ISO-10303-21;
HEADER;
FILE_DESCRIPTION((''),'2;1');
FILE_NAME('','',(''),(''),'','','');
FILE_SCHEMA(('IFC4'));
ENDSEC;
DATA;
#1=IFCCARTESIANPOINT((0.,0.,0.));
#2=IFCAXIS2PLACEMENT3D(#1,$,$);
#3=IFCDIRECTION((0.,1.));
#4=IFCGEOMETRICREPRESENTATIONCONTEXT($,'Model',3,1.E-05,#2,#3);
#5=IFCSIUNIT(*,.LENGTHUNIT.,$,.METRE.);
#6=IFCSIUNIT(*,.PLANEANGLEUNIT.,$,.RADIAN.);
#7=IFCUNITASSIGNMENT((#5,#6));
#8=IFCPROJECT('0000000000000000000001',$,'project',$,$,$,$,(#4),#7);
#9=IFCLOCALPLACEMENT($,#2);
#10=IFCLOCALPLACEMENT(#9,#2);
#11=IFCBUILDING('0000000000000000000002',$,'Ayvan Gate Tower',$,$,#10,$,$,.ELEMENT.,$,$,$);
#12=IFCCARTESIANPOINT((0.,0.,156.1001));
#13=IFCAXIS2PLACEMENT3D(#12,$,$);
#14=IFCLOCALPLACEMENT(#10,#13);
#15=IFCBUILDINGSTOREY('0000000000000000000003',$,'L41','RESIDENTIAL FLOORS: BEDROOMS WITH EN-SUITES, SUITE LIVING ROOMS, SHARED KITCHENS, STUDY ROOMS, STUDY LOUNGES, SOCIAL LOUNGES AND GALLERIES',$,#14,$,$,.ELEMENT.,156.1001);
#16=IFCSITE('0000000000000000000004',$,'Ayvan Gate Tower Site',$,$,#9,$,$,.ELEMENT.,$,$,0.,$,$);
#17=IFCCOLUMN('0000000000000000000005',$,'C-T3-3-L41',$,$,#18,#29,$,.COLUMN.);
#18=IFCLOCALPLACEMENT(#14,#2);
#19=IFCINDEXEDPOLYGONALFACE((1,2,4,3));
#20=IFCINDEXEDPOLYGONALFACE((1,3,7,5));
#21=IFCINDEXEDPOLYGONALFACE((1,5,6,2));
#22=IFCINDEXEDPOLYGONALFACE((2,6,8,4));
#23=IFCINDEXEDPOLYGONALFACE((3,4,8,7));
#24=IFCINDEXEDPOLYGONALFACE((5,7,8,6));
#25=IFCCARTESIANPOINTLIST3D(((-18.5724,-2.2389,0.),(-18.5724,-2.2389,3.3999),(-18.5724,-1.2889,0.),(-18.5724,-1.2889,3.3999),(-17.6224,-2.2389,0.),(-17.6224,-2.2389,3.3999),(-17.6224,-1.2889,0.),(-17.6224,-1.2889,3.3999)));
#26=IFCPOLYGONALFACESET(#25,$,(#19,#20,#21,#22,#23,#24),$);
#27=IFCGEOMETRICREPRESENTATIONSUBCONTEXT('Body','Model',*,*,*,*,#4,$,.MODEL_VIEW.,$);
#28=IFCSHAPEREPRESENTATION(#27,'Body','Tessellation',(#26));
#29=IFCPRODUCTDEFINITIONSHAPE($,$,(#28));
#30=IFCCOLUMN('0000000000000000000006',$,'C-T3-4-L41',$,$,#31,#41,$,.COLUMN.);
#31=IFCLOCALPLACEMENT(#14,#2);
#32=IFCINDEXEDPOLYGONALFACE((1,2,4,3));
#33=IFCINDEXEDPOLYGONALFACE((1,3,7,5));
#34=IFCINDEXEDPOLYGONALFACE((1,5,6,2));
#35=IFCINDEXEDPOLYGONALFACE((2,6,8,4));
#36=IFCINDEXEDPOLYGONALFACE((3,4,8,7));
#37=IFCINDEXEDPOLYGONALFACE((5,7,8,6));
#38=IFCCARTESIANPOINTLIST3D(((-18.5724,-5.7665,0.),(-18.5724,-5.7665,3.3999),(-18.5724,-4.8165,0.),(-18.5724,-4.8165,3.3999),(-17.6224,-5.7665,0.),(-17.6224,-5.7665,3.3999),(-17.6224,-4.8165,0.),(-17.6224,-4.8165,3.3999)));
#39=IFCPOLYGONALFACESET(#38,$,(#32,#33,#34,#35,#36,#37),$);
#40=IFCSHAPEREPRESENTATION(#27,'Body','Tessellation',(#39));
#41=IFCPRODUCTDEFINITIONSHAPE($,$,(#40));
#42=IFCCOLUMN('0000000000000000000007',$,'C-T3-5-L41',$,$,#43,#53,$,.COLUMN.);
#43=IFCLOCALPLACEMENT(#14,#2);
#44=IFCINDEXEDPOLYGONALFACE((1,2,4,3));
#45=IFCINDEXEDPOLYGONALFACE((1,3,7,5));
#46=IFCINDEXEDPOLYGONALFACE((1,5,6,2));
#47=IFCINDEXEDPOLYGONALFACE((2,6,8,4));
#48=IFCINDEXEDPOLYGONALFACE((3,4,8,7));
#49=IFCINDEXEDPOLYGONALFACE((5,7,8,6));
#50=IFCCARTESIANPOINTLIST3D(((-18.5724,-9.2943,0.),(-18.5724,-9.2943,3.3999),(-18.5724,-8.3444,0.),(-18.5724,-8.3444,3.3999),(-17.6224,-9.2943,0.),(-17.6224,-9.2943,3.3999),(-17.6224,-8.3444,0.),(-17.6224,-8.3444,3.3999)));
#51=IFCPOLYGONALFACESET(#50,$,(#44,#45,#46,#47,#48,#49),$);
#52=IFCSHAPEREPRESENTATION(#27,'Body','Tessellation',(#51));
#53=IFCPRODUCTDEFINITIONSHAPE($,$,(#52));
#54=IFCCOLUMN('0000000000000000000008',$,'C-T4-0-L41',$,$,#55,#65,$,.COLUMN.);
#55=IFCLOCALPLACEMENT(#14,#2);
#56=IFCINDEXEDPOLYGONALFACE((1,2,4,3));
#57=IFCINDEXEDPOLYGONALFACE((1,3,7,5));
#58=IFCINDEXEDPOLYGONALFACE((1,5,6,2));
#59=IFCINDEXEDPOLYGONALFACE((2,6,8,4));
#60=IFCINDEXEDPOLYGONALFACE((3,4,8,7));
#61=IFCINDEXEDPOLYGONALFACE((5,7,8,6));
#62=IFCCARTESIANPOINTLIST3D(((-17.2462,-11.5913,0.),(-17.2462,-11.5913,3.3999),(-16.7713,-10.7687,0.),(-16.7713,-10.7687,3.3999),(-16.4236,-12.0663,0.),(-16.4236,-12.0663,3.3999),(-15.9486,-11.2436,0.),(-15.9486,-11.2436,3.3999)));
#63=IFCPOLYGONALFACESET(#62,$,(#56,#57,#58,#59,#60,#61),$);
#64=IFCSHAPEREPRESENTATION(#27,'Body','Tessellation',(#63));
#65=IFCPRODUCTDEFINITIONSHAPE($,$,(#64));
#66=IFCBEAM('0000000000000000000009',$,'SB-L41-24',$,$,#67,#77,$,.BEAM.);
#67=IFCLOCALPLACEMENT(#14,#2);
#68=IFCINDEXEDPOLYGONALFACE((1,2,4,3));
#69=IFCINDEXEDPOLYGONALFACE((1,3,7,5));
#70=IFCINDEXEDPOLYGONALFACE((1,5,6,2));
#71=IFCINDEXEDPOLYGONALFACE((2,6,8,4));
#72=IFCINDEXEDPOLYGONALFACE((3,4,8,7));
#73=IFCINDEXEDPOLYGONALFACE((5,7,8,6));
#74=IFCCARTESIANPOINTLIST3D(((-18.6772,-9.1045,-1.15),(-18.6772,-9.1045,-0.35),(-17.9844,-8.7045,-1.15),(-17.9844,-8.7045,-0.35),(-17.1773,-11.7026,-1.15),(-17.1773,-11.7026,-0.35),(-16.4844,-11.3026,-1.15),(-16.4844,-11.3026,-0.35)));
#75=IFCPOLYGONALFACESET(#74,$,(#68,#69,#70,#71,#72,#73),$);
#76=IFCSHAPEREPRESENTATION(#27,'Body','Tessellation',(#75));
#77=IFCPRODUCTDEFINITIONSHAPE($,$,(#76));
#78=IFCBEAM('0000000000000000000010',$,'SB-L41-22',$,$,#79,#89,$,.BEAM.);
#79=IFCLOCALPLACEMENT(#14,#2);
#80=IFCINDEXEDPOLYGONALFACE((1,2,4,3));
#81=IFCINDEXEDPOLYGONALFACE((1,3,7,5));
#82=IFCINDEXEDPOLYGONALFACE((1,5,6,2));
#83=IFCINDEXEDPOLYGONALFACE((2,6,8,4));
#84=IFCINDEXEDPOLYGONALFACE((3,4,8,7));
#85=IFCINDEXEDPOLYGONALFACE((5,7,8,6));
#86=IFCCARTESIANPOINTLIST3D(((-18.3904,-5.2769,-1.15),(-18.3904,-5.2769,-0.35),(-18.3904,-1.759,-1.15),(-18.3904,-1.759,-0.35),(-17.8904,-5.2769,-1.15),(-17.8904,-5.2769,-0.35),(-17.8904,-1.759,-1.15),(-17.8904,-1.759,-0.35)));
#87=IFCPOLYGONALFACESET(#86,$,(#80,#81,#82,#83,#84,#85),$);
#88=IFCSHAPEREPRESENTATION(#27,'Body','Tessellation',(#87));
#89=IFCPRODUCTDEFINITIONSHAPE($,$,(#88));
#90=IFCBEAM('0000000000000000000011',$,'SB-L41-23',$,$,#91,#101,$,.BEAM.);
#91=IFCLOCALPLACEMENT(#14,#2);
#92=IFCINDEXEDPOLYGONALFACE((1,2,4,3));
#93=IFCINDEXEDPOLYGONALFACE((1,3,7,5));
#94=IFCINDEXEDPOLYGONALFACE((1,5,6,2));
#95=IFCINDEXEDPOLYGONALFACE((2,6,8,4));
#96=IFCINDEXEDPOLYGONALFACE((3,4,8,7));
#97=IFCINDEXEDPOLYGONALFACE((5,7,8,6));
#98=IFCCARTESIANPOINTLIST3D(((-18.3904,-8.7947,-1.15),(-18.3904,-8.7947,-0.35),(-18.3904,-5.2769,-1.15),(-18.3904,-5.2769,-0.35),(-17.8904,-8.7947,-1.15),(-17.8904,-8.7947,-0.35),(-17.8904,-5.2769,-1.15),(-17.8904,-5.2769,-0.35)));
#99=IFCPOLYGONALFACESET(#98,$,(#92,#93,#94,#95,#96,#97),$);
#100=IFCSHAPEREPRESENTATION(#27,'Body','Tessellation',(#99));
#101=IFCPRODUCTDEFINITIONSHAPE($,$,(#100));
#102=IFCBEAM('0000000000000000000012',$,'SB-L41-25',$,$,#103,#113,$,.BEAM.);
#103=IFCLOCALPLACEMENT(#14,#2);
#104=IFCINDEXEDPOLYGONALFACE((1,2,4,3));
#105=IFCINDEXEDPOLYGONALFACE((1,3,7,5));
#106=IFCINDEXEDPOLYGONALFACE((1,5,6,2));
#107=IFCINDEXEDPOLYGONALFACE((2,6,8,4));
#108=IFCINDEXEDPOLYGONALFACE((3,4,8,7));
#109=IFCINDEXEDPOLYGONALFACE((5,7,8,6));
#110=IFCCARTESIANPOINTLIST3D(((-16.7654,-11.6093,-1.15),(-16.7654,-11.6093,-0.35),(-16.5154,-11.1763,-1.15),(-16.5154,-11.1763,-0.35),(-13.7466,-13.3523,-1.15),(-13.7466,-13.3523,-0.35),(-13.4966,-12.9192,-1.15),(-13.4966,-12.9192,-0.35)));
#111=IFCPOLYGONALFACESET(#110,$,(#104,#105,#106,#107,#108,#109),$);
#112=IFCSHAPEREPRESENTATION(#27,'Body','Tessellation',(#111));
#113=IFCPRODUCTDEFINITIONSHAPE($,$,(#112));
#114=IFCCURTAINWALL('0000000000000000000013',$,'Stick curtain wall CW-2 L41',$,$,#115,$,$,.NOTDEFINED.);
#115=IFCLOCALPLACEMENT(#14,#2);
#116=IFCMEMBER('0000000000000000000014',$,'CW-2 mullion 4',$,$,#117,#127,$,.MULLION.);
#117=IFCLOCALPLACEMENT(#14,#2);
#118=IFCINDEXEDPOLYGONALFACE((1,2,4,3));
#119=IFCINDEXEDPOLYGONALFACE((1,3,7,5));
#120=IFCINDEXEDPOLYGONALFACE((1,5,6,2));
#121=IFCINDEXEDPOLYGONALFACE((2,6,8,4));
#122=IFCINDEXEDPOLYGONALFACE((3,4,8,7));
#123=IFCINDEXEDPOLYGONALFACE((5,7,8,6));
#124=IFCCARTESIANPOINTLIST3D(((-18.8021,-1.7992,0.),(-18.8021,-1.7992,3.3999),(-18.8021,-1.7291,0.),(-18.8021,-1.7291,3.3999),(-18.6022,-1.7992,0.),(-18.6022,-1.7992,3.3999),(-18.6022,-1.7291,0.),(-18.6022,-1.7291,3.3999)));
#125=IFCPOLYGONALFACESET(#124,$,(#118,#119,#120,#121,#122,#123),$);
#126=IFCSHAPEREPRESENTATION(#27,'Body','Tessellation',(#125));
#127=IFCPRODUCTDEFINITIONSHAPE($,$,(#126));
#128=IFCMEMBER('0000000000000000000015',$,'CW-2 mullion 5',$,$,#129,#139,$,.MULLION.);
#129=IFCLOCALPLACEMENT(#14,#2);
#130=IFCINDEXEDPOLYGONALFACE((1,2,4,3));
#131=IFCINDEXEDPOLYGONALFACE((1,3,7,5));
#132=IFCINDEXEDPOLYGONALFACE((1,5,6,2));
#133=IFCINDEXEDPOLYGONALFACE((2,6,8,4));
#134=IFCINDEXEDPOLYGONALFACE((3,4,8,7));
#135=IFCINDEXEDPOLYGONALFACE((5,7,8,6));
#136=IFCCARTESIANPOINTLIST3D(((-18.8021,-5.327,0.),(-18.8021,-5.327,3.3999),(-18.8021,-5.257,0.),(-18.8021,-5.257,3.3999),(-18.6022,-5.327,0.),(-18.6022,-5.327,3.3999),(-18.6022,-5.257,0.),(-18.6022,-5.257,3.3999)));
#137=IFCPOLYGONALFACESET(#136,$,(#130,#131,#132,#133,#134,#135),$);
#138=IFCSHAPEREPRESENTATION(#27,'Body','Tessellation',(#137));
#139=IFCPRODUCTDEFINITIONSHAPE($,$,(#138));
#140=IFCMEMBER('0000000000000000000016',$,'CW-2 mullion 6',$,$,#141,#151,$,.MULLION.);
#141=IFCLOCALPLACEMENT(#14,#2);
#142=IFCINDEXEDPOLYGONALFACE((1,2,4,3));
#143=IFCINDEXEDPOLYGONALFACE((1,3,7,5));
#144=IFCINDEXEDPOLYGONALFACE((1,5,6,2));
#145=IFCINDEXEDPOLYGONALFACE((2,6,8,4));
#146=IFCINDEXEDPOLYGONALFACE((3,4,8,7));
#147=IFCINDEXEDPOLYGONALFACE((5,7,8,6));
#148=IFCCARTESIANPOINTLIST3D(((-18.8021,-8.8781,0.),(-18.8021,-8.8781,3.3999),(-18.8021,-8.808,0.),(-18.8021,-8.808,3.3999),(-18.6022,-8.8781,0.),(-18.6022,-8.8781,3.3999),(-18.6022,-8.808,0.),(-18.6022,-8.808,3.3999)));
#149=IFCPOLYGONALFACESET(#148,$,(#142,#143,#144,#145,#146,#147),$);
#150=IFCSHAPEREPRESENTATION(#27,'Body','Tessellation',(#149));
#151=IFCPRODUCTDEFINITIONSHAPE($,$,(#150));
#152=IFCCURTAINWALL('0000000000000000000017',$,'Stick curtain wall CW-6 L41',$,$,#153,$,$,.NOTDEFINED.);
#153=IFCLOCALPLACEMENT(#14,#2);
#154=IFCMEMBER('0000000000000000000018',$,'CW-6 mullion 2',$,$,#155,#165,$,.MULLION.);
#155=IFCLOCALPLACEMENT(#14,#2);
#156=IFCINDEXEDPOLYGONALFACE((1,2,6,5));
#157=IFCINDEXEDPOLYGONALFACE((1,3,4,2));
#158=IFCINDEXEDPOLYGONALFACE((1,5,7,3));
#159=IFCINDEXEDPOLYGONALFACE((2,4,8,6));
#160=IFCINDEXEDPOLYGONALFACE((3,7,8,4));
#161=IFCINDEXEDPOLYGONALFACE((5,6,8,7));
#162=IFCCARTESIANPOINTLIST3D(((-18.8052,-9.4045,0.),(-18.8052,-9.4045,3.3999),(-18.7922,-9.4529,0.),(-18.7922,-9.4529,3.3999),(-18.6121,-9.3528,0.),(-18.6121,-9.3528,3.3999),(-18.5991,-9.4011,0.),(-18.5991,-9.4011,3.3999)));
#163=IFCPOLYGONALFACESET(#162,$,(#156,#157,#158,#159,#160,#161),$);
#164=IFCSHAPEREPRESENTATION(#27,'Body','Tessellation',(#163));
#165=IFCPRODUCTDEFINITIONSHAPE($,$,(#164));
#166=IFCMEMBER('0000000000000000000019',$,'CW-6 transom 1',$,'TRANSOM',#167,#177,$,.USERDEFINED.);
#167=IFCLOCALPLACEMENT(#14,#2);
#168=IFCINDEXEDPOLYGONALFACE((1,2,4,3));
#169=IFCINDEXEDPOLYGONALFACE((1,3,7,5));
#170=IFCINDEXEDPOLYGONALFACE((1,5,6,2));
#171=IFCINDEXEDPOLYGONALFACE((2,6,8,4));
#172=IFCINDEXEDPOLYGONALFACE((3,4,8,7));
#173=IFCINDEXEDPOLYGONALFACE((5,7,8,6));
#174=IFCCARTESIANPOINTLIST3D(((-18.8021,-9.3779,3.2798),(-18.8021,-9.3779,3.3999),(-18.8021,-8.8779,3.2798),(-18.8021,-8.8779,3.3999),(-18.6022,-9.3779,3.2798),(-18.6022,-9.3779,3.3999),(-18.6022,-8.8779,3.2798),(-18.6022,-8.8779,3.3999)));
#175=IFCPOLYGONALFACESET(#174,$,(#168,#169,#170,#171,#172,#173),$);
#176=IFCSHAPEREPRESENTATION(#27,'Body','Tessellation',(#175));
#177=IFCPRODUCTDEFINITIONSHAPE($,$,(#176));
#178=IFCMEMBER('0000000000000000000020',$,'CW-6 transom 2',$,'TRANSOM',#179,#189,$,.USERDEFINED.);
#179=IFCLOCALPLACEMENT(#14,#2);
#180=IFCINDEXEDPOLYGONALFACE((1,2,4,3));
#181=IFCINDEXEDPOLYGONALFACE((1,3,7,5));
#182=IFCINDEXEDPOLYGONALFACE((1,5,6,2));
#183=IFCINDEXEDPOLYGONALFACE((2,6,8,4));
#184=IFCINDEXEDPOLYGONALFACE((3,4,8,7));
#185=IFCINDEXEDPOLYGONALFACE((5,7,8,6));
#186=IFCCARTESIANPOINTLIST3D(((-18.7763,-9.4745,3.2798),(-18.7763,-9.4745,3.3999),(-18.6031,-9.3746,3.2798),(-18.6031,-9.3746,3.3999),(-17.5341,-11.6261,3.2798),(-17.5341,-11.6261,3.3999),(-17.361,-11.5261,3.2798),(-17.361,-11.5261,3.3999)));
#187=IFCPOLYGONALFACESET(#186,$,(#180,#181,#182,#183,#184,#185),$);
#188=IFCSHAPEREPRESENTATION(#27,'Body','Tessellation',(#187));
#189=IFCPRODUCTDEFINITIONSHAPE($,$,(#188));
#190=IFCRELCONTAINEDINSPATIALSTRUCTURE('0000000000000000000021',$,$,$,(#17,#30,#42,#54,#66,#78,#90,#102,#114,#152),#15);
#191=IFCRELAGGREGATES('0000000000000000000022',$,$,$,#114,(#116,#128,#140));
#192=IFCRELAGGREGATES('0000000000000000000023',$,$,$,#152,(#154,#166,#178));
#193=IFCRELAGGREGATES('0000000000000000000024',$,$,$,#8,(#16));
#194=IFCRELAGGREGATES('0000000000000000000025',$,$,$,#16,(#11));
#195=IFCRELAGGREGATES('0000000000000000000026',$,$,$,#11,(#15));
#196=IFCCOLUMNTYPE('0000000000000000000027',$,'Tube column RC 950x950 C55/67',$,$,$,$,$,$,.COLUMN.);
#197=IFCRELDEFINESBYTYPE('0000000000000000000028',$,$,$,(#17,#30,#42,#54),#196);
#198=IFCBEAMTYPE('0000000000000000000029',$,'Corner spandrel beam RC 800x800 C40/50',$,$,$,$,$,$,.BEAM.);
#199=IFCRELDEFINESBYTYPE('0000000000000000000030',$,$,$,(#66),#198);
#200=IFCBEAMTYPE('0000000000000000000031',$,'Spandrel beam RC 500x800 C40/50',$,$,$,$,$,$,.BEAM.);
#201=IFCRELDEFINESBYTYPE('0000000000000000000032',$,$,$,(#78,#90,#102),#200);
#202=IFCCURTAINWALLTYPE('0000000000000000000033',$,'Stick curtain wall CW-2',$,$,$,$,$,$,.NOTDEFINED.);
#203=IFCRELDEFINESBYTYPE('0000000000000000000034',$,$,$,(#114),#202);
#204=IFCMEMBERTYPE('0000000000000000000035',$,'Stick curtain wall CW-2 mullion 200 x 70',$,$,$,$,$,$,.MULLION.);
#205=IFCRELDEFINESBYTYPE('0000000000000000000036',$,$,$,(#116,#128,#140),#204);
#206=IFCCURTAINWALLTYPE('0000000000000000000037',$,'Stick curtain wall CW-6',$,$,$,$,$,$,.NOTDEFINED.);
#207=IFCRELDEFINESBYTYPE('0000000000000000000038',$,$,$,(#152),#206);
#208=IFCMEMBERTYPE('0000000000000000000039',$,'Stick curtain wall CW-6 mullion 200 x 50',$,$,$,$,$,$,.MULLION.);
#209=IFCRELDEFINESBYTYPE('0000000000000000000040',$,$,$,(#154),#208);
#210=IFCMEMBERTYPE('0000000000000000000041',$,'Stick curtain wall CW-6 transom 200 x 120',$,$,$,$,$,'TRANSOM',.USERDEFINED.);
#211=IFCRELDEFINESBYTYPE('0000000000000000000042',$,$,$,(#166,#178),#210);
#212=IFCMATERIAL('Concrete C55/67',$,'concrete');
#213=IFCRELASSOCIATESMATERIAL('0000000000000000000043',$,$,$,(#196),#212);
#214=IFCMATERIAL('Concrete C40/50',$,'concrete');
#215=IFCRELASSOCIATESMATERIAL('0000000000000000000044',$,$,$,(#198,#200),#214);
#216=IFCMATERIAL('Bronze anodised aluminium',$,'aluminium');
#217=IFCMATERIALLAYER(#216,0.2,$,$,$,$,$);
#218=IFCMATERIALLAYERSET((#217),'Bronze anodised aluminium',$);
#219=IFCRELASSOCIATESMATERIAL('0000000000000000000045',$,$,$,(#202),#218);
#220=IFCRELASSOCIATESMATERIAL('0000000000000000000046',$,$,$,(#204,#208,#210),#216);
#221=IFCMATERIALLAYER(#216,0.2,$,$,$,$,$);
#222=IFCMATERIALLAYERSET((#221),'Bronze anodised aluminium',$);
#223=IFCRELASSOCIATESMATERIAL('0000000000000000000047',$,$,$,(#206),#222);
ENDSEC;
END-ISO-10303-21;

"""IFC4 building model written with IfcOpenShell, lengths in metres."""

from ifc_helpers import new_model, si_unit, direction, frame, origin, origin_2d, place, context, subcontext, project, spatial, rectangle, extrude, material, layer, layer_set, material_profile, profile_set, type_object, element, aggregate, save


model = new_model("IFC4")

# Units and contexts
model_context = context("Model", 3, precision=1e-05, world=origin(), true_north=direction((0.0, 1.0)))
body_context = subcontext(model_context, "Body", "Model", "MODEL_VIEW")
ifc_project = project(units=[si_unit("LENGTHUNIT", "METRE"), si_unit("PLANEANGLEUNIT", "RADIAN")], contexts=[model_context])

# Site, building, storey
site_placement = place(None, origin())
site = spatial("IfcSite", under=ifc_project, at=site_placement, Name="Ayvan Gate Tower Site", CompositionType="ELEMENT", RefElevation=0.0)
building_placement = place(site_placement, origin())
building = spatial("IfcBuilding", under=site, at=building_placement, Name="Ayvan Gate Tower", CompositionType="ELEMENT")
storey_placement = place(building_placement, frame((0.0, 0.0, 156.1001)))
storey = spatial("IfcBuildingStorey", under=building, at=storey_placement, Name="L41", Description="RESIDENTIAL FLOORS: BEDROOMS WITH EN-SUITES, SUITE LIVING ROOMS, SHARED KITCHENS, STUDY ROOMS, STUDY LOUNGES, SOCIAL LOUNGES AND GALLERIES", CompositionType="ELEMENT", Elevation=156.1001)

# Columns
ifc_material_1 = material(Name="Concrete C55/67", Category="concrete")
ifc_material_profile_1 = material_profile(ifc_material_1, rectangle(XDim=0.95, YDim=0.95, at=origin_2d()), Name="RC 950x950")
ifc_profile_set_1 = profile_set([ifc_material_profile_1], Name="Concrete C55/67")
column_type = type_object("IfcColumnType", Name="Tube column RC 950x950 C55/67", PredefinedType="COLUMN", material=ifc_profile_set_1)
for number, where, z_axis, x_axis, name in (
    (1, (-18.0974, -1.7639, 0.0), (0.0, 0.0, 1.0), (-1.0, 0.0, 0.0), "C-T3-3-L41"),
    (2, (-18.0974, -5.2915, 0.0), (0.0, 0.0, 1.0), (-1.0, 0.0, 0.0), "C-T3-4-L41"),
    (3, (-18.0974, -8.8193, 0.0), (0.0, 0.0, 1.0), (-1.0, 0.0, 0.0), "C-T3-5-L41"),
    (4, (-16.5974, -11.4175, 0.0), (0.0, 0.0, 1.0), (-0.5, -0.866025, 0.0), "C-T4-0-L41"),
):
    element("IfcColumn", number, at=place(storey_placement, frame(where, z_axis=z_axis, x_axis=x_axis)), inside=storey, type_object=column_type, Name=name, PredefinedType="COLUMN", context=body_context, shape_type="SweptSolid", body=[
        extrude(rectangle(XDim=0.95, YDim=0.95, at=origin_2d()), origin(), (0.0, 0.0, 1.0), 3.3999),
    ])

# Beams
ifc_material_2 = material(Name="Concrete C40/50", Category="concrete")
ifc_material_profile_2 = material_profile(ifc_material_2, rectangle(XDim=0.8, YDim=0.8, at=origin_2d()), Name="RC 800x800")
ifc_profile_set_2 = profile_set([ifc_material_profile_2], Name="Concrete C40/50")
beam_type_1 = type_object("IfcBeamType", Name="Corner spandrel beam RC 800x800 C40/50", PredefinedType="BEAM", material=ifc_profile_set_2)
beam_1_placement = place(storey_placement, frame((-18.3308, -8.9045, -0.75), z_axis=(0.49999, -0.866031, 0.0), x_axis=(0.866031, 0.49999, 0.0)))
element("IfcBeam", 5, at=beam_1_placement, inside=storey, type_object=beam_type_1, Name="SB-L41-24", PredefinedType="BEAM", context=body_context, shape_type="SweptSolid", body=[
    extrude(rectangle(XDim=0.8, YDim=0.8, at=origin_2d()), origin(), (0.0, 0.0, 1.0), 3.0),
])
ifc_material_profile_3 = material_profile(ifc_material_2, rectangle(XDim=0.5, YDim=0.8, at=origin_2d()), Name="RC 500x800")
ifc_profile_set_3 = profile_set([ifc_material_profile_3], Name="Concrete C40/50")
beam_type_2 = type_object("IfcBeamType", Name="Spandrel beam RC 500x800 C40/50", PredefinedType="BEAM", material=ifc_profile_set_3)
for number, where, z_axis, x_axis, name in (
    (6, (-18.1404, -1.759, -0.75), (0.0, -1.0, 0.0), (1.0, 0.0, 0.0), "SB-L41-22"),
    (7, (-18.1404, -5.2769, -0.75), (0.0, -1.0, 0.0), (1.0, 0.0, 0.0), "SB-L41-23"),
):
    element("IfcBeam", number, at=place(storey_placement, frame(where, z_axis=z_axis, x_axis=x_axis)), inside=storey, type_object=beam_type_2, Name=name, PredefinedType="BEAM", context=body_context, shape_type="SweptSolid", body=[
        extrude(rectangle(XDim=0.5, YDim=0.8, at=origin_2d()), origin(), (0.0, 0.0, 1.0), 3.5178),
    ])
beam_2_placement = place(storey_placement, frame((-16.6404, -11.3928, -0.75), z_axis=(0.866023, -0.500003, 0.0), x_axis=(0.500003, 0.866023, 0.0)))
element("IfcBeam", 8, at=beam_2_placement, inside=storey, type_object=beam_type_2, Name="SB-L41-25", PredefinedType="BEAM", context=body_context, shape_type="SweptSolid", body=[
    extrude(rectangle(XDim=0.5, YDim=0.8, at=origin_2d()), origin(), (0.0, 0.0, 1.0), 3.4858),
])

# Curtain walls, members
ifc_material_3 = material(Name="Bronze anodised aluminium", Category="aluminium")
ifc_layer_1 = layer(ifc_material_3, 0.2)
ifc_layer_set_1 = layer_set([ifc_layer_1], Name="Bronze anodised aluminium")
curtain_wall_type_1 = type_object("IfcCurtainWallType", Name="Stick curtain wall CW-2", PredefinedType="NOTDEFINED", material=ifc_layer_set_1)
curtain_wall_1_placement = place(storey_placement, origin())
curtain_wall_1 = element("IfcCurtainWall", 9, at=curtain_wall_1_placement, inside=storey, type_object=curtain_wall_type_1, Name="Stick curtain wall CW-2 L41", PredefinedType="NOTDEFINED")
ifc_material_profile_4 = material_profile(ifc_material_3, rectangle(XDim=0.2, YDim=0.0701, at=origin_2d()), Name="Stick curtain wall CW-2 mullion 200 x 70")
ifc_profile_set_4 = profile_set([ifc_material_profile_4], Name="Bronze anodised aluminium")
member_type_1 = type_object("IfcMemberType", Name="Stick curtain wall CW-2 mullion 200 x 70", PredefinedType="MULLION", material=ifc_profile_set_4)
member_1_placement = place(storey_placement, frame((-18.7021, -1.7642, 0.0), z_axis=(0.0, 0.0, 1.0), x_axis=(-1.0, 0.0, 0.0)))
member_1 = element("IfcMember", 10, at=member_1_placement, type_object=member_type_1, Name="CW-2 mullion 4", PredefinedType="MULLION", context=body_context, shape_type="SweptSolid", body=[
    extrude(rectangle(XDim=0.2, YDim=0.0701, at=origin_2d()), origin(), (0.0, 0.0, 1.0), 3.3999),
])
member_2_placement = place(storey_placement, frame((-18.7021, -5.292, 0.0), z_axis=(0.0, 0.0, 1.0), x_axis=(-1.0, 0.0, 0.0)))
member_2 = element("IfcMember", 11, at=member_2_placement, type_object=member_type_1, Name="CW-2 mullion 5", PredefinedType="MULLION", context=body_context, shape_type="SweptSolid", body=[
    extrude(rectangle(XDim=0.2, YDim=0.0701, at=origin_2d()), origin(), (0.0, 0.0, 1.0), 3.3999),
])
member_3_placement = place(storey_placement, frame((-18.7021, -8.843, 0.0), z_axis=(0.0, 0.0, 1.0), x_axis=(-1.0, 0.0, 0.0)))
member_3 = element("IfcMember", 12, at=member_3_placement, type_object=member_type_1, Name="CW-2 mullion 6", PredefinedType="MULLION", context=body_context, shape_type="SweptSolid", body=[
    extrude(rectangle(XDim=0.2, YDim=0.0701, at=origin_2d()), origin(), (0.0, 0.0, 1.0), 3.3999),
])
ifc_layer_2 = layer(ifc_material_3, 0.2)
ifc_layer_set_2 = layer_set([ifc_layer_2], Name="Bronze anodised aluminium")
curtain_wall_type_2 = type_object("IfcCurtainWallType", Name="Stick curtain wall CW-6", PredefinedType="NOTDEFINED", material=ifc_layer_set_2)
curtain_wall_2_placement = place(storey_placement, origin())
curtain_wall_2 = element("IfcCurtainWall", 13, at=curtain_wall_2_placement, inside=storey, type_object=curtain_wall_type_2, Name="Stick curtain wall CW-6 L41", PredefinedType="NOTDEFINED")
ifc_material_profile_5 = material_profile(ifc_material_3, rectangle(XDim=0.2, YDim=0.05, at=origin_2d()), Name="Stick curtain wall CW-6 mullion 200 x 50")
ifc_profile_set_5 = profile_set([ifc_material_profile_5], Name="Bronze anodised aluminium")
member_type_2 = type_object("IfcMemberType", Name="Stick curtain wall CW-6 mullion 200 x 50", PredefinedType="MULLION", material=ifc_profile_set_5)
member_4_placement = place(storey_placement, frame((-18.7021, -9.4028, 0.0), z_axis=(0.0, 0.0, 1.0), x_axis=(-0.965926, -0.258819, 0.0)))
member_4 = element("IfcMember", 14, at=member_4_placement, type_object=member_type_2, Name="CW-6 mullion 2", PredefinedType="MULLION", context=body_context, shape_type="SweptSolid", body=[
    extrude(rectangle(XDim=0.2, YDim=0.05, at=origin_2d()), origin(), (0.0, 0.0, 1.0), 3.3999),
])
ifc_material_profile_6 = material_profile(ifc_material_3, rectangle(XDim=0.2, YDim=0.1201, at=origin_2d()), Name="Stick curtain wall CW-6 transom 200 x 120")
ifc_profile_set_6 = profile_set([ifc_material_profile_6], Name="Bronze anodised aluminium")
member_type_3 = type_object("IfcMemberType", Name="Stick curtain wall CW-6 transom 200 x 120", ElementType="TRANSOM", PredefinedType="USERDEFINED", material=ifc_profile_set_6)
member_5_placement = place(storey_placement, frame((-18.7021, -8.8779, 3.3398), z_axis=(0.0, -1.0, 0.0), x_axis=(1.0, 0.0, 0.0)))
member_5 = element("IfcMember", 15, at=member_5_placement, type_object=member_type_3, Name="CW-6 transom 1", ObjectType="TRANSOM", PredefinedType="USERDEFINED", context=body_context, shape_type="SweptSolid", body=[
    extrude(rectangle(XDim=0.2, YDim=0.1201, at=origin_2d()), origin(), (0.0, 0.0, 1.0), 0.5),
])
member_6_placement = place(storey_placement, frame((-18.6897, -9.4246, 3.3398), z_axis=(0.499986, -0.866033, 0.0), x_axis=(0.866033, 0.499986, 0.0)))
member_6 = element("IfcMember", 16, at=member_6_placement, type_object=member_type_3, Name="CW-6 transom 2", ObjectType="TRANSOM", PredefinedType="USERDEFINED", context=body_context, shape_type="SweptSolid", body=[
    extrude(rectangle(XDim=0.2, YDim=0.1201, at=origin_2d()), origin(), (0.0, 0.0, 1.0), 2.4844),
])

aggregate(curtain_wall_1, [member_1, member_2, member_3])
aggregate(curtain_wall_2, [member_4, member_5, member_6])

save(model, "model.ifc")
